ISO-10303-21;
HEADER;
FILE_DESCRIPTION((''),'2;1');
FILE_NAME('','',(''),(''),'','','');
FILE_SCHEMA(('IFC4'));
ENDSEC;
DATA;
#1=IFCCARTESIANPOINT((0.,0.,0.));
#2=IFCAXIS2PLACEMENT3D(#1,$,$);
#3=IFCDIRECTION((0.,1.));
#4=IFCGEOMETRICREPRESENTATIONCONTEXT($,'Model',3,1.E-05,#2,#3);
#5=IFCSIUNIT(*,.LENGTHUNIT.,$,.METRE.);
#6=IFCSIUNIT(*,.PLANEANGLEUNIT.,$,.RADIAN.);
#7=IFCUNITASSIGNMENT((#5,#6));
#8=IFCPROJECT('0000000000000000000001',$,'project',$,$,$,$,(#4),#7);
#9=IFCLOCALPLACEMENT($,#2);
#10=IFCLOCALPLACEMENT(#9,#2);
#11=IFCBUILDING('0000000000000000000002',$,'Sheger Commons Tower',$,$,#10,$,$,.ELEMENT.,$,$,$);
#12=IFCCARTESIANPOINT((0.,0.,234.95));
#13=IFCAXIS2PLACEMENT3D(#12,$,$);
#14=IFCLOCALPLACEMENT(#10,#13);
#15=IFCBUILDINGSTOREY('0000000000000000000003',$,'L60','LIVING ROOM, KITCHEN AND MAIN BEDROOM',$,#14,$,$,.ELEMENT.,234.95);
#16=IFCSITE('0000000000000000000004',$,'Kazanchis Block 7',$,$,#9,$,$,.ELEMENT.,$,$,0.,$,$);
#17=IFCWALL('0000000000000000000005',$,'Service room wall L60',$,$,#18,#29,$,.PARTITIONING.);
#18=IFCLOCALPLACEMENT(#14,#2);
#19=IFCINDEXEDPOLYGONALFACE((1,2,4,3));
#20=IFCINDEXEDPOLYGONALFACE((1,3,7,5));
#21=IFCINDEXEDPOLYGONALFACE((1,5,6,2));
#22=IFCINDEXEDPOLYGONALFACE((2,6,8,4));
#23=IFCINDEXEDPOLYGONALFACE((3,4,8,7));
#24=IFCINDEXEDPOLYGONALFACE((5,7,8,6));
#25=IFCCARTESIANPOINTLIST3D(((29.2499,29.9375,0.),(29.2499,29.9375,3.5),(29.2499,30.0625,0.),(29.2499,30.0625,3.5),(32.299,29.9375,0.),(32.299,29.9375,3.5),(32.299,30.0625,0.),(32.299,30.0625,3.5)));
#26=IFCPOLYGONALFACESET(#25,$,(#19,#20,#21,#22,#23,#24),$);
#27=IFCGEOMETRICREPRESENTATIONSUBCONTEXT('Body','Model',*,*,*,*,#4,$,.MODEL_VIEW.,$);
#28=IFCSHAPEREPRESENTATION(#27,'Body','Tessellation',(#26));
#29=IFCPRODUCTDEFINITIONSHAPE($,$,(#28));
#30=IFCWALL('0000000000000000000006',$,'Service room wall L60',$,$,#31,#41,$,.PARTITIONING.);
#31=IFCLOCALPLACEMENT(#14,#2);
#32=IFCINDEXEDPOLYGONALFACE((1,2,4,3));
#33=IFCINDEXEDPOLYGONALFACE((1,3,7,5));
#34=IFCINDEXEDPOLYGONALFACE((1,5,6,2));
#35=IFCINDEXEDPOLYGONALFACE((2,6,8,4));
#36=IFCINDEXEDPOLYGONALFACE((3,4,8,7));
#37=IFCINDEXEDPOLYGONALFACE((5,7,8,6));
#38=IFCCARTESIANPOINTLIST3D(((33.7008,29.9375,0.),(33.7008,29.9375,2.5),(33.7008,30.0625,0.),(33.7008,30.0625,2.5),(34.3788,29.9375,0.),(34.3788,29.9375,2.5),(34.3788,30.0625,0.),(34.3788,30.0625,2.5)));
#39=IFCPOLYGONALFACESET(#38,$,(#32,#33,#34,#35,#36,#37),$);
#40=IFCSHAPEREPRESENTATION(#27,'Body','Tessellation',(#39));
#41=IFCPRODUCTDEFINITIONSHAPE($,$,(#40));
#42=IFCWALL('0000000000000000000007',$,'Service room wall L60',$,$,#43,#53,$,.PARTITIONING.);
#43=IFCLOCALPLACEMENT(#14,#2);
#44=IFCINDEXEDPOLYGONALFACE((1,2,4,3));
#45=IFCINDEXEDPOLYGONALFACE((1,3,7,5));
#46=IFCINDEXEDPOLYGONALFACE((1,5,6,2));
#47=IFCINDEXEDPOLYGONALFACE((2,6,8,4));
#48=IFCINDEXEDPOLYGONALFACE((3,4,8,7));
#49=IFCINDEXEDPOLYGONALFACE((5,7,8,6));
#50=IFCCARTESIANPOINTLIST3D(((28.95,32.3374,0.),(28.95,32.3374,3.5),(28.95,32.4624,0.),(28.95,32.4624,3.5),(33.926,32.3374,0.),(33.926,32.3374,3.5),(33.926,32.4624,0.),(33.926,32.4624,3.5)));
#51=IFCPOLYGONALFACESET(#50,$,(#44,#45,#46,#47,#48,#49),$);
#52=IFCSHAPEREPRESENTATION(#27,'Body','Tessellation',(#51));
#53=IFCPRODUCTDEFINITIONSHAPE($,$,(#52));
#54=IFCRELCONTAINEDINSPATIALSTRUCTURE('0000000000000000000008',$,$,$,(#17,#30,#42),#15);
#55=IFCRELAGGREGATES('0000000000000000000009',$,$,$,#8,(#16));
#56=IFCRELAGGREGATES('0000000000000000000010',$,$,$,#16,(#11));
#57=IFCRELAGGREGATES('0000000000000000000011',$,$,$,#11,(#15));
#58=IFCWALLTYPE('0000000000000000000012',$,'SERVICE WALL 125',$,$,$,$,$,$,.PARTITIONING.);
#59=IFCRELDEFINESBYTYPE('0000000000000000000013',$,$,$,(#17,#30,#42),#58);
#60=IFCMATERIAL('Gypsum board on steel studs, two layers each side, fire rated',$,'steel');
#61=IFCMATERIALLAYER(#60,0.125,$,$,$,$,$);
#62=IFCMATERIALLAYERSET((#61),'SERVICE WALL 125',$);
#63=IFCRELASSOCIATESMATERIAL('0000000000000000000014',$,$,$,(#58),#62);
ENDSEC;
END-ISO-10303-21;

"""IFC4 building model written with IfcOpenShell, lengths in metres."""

from ifc_helpers import new_model, si_unit, direction, frame, frame_2d, origin, place, context, subcontext, project, spatial, rectangle, extrude, material, layer, layer_set, type_object, element, save


model = new_model("IFC4")

# Units and contexts
model_context = context("Model", 3, precision=1e-05, world=origin(), true_north=direction((0.0, 1.0)))
body_context = subcontext(model_context, "Body", "Model", "MODEL_VIEW")
ifc_project = project(units=[si_unit("LENGTHUNIT", "METRE"), si_unit("PLANEANGLEUNIT", "RADIAN")], contexts=[model_context])

# Site, building, storey
site_placement = place(None, origin())
site = spatial("IfcSite", under=ifc_project, at=site_placement, Name="Kazanchis Block 7", CompositionType="ELEMENT", RefElevation=0.0)
building_placement = place(site_placement, origin())
building = spatial("IfcBuilding", under=site, at=building_placement, Name="Sheger Commons Tower", CompositionType="ELEMENT")
storey_placement = place(building_placement, frame((0.0, 0.0, 234.95)))
storey = spatial("IfcBuildingStorey", under=building, at=storey_placement, Name="L60", Description="LIVING ROOM, KITCHEN AND MAIN BEDROOM", CompositionType="ELEMENT", Elevation=234.95)

# Walls
ifc_material_1 = material(Name="Gypsum board on steel studs, two layers each side, fire rated", Category="steel")
ifc_layer_1 = layer(ifc_material_1, 0.125)
ifc_layer_set_1 = layer_set([ifc_layer_1], Name="SERVICE WALL 125")
wall_type_1 = type_object("IfcWallType", Name="SERVICE WALL 125", PredefinedType="PARTITIONING", material=ifc_layer_set_1)
wall_1_placement = place(storey_placement, frame((29.25, 30.0, 0.0), z_axis=(0.0, 0.0, 1.0), x_axis=(1.0, 0.0, 0.0)))
element("IfcWall", 1, at=wall_1_placement, inside=storey, type_object=wall_type_1, Name="Service room wall L60", PredefinedType="PARTITIONING", context=body_context, shape_type="SweptSolid", body=[
    extrude(rectangle(XDim=3.0491, YDim=0.125, at=frame_2d((1.5244, 0.0))), origin(), (0.0, 0.0, 1.0), 3.5),
])
wall_2_placement = place(storey_placement, frame((33.7009, 30.0, 0.0), z_axis=(0.0, 0.0, 1.0), x_axis=(1.0, 0.0, 0.0)))
element("IfcWall", 2, at=wall_2_placement, inside=storey, type_object=wall_type_1, Name="Service room wall L60", PredefinedType="PARTITIONING", context=body_context, shape_type="SweptSolid", body=[
    extrude(rectangle(XDim=0.678, YDim=0.125, at=frame_2d((0.3389, 0.0))), origin(), (0.0, 0.0, 1.0), 2.5),
])
wall_3_placement = place(storey_placement, frame((28.95, 32.3999, 0.0), z_axis=(0.0, 0.0, 1.0), x_axis=(1.0, 0.0, 0.0)))
element("IfcWall", 3, at=wall_3_placement, inside=storey, type_object=wall_type_1, Name="Service room wall L60", PredefinedType="PARTITIONING", context=body_context, shape_type="SweptSolid", body=[
    extrude(rectangle(XDim=4.9761, YDim=0.125, at=frame_2d((2.488, 0.0))), origin(), (0.0, 0.0, 1.0), 3.5),
])

save(model, "model.ifc")
